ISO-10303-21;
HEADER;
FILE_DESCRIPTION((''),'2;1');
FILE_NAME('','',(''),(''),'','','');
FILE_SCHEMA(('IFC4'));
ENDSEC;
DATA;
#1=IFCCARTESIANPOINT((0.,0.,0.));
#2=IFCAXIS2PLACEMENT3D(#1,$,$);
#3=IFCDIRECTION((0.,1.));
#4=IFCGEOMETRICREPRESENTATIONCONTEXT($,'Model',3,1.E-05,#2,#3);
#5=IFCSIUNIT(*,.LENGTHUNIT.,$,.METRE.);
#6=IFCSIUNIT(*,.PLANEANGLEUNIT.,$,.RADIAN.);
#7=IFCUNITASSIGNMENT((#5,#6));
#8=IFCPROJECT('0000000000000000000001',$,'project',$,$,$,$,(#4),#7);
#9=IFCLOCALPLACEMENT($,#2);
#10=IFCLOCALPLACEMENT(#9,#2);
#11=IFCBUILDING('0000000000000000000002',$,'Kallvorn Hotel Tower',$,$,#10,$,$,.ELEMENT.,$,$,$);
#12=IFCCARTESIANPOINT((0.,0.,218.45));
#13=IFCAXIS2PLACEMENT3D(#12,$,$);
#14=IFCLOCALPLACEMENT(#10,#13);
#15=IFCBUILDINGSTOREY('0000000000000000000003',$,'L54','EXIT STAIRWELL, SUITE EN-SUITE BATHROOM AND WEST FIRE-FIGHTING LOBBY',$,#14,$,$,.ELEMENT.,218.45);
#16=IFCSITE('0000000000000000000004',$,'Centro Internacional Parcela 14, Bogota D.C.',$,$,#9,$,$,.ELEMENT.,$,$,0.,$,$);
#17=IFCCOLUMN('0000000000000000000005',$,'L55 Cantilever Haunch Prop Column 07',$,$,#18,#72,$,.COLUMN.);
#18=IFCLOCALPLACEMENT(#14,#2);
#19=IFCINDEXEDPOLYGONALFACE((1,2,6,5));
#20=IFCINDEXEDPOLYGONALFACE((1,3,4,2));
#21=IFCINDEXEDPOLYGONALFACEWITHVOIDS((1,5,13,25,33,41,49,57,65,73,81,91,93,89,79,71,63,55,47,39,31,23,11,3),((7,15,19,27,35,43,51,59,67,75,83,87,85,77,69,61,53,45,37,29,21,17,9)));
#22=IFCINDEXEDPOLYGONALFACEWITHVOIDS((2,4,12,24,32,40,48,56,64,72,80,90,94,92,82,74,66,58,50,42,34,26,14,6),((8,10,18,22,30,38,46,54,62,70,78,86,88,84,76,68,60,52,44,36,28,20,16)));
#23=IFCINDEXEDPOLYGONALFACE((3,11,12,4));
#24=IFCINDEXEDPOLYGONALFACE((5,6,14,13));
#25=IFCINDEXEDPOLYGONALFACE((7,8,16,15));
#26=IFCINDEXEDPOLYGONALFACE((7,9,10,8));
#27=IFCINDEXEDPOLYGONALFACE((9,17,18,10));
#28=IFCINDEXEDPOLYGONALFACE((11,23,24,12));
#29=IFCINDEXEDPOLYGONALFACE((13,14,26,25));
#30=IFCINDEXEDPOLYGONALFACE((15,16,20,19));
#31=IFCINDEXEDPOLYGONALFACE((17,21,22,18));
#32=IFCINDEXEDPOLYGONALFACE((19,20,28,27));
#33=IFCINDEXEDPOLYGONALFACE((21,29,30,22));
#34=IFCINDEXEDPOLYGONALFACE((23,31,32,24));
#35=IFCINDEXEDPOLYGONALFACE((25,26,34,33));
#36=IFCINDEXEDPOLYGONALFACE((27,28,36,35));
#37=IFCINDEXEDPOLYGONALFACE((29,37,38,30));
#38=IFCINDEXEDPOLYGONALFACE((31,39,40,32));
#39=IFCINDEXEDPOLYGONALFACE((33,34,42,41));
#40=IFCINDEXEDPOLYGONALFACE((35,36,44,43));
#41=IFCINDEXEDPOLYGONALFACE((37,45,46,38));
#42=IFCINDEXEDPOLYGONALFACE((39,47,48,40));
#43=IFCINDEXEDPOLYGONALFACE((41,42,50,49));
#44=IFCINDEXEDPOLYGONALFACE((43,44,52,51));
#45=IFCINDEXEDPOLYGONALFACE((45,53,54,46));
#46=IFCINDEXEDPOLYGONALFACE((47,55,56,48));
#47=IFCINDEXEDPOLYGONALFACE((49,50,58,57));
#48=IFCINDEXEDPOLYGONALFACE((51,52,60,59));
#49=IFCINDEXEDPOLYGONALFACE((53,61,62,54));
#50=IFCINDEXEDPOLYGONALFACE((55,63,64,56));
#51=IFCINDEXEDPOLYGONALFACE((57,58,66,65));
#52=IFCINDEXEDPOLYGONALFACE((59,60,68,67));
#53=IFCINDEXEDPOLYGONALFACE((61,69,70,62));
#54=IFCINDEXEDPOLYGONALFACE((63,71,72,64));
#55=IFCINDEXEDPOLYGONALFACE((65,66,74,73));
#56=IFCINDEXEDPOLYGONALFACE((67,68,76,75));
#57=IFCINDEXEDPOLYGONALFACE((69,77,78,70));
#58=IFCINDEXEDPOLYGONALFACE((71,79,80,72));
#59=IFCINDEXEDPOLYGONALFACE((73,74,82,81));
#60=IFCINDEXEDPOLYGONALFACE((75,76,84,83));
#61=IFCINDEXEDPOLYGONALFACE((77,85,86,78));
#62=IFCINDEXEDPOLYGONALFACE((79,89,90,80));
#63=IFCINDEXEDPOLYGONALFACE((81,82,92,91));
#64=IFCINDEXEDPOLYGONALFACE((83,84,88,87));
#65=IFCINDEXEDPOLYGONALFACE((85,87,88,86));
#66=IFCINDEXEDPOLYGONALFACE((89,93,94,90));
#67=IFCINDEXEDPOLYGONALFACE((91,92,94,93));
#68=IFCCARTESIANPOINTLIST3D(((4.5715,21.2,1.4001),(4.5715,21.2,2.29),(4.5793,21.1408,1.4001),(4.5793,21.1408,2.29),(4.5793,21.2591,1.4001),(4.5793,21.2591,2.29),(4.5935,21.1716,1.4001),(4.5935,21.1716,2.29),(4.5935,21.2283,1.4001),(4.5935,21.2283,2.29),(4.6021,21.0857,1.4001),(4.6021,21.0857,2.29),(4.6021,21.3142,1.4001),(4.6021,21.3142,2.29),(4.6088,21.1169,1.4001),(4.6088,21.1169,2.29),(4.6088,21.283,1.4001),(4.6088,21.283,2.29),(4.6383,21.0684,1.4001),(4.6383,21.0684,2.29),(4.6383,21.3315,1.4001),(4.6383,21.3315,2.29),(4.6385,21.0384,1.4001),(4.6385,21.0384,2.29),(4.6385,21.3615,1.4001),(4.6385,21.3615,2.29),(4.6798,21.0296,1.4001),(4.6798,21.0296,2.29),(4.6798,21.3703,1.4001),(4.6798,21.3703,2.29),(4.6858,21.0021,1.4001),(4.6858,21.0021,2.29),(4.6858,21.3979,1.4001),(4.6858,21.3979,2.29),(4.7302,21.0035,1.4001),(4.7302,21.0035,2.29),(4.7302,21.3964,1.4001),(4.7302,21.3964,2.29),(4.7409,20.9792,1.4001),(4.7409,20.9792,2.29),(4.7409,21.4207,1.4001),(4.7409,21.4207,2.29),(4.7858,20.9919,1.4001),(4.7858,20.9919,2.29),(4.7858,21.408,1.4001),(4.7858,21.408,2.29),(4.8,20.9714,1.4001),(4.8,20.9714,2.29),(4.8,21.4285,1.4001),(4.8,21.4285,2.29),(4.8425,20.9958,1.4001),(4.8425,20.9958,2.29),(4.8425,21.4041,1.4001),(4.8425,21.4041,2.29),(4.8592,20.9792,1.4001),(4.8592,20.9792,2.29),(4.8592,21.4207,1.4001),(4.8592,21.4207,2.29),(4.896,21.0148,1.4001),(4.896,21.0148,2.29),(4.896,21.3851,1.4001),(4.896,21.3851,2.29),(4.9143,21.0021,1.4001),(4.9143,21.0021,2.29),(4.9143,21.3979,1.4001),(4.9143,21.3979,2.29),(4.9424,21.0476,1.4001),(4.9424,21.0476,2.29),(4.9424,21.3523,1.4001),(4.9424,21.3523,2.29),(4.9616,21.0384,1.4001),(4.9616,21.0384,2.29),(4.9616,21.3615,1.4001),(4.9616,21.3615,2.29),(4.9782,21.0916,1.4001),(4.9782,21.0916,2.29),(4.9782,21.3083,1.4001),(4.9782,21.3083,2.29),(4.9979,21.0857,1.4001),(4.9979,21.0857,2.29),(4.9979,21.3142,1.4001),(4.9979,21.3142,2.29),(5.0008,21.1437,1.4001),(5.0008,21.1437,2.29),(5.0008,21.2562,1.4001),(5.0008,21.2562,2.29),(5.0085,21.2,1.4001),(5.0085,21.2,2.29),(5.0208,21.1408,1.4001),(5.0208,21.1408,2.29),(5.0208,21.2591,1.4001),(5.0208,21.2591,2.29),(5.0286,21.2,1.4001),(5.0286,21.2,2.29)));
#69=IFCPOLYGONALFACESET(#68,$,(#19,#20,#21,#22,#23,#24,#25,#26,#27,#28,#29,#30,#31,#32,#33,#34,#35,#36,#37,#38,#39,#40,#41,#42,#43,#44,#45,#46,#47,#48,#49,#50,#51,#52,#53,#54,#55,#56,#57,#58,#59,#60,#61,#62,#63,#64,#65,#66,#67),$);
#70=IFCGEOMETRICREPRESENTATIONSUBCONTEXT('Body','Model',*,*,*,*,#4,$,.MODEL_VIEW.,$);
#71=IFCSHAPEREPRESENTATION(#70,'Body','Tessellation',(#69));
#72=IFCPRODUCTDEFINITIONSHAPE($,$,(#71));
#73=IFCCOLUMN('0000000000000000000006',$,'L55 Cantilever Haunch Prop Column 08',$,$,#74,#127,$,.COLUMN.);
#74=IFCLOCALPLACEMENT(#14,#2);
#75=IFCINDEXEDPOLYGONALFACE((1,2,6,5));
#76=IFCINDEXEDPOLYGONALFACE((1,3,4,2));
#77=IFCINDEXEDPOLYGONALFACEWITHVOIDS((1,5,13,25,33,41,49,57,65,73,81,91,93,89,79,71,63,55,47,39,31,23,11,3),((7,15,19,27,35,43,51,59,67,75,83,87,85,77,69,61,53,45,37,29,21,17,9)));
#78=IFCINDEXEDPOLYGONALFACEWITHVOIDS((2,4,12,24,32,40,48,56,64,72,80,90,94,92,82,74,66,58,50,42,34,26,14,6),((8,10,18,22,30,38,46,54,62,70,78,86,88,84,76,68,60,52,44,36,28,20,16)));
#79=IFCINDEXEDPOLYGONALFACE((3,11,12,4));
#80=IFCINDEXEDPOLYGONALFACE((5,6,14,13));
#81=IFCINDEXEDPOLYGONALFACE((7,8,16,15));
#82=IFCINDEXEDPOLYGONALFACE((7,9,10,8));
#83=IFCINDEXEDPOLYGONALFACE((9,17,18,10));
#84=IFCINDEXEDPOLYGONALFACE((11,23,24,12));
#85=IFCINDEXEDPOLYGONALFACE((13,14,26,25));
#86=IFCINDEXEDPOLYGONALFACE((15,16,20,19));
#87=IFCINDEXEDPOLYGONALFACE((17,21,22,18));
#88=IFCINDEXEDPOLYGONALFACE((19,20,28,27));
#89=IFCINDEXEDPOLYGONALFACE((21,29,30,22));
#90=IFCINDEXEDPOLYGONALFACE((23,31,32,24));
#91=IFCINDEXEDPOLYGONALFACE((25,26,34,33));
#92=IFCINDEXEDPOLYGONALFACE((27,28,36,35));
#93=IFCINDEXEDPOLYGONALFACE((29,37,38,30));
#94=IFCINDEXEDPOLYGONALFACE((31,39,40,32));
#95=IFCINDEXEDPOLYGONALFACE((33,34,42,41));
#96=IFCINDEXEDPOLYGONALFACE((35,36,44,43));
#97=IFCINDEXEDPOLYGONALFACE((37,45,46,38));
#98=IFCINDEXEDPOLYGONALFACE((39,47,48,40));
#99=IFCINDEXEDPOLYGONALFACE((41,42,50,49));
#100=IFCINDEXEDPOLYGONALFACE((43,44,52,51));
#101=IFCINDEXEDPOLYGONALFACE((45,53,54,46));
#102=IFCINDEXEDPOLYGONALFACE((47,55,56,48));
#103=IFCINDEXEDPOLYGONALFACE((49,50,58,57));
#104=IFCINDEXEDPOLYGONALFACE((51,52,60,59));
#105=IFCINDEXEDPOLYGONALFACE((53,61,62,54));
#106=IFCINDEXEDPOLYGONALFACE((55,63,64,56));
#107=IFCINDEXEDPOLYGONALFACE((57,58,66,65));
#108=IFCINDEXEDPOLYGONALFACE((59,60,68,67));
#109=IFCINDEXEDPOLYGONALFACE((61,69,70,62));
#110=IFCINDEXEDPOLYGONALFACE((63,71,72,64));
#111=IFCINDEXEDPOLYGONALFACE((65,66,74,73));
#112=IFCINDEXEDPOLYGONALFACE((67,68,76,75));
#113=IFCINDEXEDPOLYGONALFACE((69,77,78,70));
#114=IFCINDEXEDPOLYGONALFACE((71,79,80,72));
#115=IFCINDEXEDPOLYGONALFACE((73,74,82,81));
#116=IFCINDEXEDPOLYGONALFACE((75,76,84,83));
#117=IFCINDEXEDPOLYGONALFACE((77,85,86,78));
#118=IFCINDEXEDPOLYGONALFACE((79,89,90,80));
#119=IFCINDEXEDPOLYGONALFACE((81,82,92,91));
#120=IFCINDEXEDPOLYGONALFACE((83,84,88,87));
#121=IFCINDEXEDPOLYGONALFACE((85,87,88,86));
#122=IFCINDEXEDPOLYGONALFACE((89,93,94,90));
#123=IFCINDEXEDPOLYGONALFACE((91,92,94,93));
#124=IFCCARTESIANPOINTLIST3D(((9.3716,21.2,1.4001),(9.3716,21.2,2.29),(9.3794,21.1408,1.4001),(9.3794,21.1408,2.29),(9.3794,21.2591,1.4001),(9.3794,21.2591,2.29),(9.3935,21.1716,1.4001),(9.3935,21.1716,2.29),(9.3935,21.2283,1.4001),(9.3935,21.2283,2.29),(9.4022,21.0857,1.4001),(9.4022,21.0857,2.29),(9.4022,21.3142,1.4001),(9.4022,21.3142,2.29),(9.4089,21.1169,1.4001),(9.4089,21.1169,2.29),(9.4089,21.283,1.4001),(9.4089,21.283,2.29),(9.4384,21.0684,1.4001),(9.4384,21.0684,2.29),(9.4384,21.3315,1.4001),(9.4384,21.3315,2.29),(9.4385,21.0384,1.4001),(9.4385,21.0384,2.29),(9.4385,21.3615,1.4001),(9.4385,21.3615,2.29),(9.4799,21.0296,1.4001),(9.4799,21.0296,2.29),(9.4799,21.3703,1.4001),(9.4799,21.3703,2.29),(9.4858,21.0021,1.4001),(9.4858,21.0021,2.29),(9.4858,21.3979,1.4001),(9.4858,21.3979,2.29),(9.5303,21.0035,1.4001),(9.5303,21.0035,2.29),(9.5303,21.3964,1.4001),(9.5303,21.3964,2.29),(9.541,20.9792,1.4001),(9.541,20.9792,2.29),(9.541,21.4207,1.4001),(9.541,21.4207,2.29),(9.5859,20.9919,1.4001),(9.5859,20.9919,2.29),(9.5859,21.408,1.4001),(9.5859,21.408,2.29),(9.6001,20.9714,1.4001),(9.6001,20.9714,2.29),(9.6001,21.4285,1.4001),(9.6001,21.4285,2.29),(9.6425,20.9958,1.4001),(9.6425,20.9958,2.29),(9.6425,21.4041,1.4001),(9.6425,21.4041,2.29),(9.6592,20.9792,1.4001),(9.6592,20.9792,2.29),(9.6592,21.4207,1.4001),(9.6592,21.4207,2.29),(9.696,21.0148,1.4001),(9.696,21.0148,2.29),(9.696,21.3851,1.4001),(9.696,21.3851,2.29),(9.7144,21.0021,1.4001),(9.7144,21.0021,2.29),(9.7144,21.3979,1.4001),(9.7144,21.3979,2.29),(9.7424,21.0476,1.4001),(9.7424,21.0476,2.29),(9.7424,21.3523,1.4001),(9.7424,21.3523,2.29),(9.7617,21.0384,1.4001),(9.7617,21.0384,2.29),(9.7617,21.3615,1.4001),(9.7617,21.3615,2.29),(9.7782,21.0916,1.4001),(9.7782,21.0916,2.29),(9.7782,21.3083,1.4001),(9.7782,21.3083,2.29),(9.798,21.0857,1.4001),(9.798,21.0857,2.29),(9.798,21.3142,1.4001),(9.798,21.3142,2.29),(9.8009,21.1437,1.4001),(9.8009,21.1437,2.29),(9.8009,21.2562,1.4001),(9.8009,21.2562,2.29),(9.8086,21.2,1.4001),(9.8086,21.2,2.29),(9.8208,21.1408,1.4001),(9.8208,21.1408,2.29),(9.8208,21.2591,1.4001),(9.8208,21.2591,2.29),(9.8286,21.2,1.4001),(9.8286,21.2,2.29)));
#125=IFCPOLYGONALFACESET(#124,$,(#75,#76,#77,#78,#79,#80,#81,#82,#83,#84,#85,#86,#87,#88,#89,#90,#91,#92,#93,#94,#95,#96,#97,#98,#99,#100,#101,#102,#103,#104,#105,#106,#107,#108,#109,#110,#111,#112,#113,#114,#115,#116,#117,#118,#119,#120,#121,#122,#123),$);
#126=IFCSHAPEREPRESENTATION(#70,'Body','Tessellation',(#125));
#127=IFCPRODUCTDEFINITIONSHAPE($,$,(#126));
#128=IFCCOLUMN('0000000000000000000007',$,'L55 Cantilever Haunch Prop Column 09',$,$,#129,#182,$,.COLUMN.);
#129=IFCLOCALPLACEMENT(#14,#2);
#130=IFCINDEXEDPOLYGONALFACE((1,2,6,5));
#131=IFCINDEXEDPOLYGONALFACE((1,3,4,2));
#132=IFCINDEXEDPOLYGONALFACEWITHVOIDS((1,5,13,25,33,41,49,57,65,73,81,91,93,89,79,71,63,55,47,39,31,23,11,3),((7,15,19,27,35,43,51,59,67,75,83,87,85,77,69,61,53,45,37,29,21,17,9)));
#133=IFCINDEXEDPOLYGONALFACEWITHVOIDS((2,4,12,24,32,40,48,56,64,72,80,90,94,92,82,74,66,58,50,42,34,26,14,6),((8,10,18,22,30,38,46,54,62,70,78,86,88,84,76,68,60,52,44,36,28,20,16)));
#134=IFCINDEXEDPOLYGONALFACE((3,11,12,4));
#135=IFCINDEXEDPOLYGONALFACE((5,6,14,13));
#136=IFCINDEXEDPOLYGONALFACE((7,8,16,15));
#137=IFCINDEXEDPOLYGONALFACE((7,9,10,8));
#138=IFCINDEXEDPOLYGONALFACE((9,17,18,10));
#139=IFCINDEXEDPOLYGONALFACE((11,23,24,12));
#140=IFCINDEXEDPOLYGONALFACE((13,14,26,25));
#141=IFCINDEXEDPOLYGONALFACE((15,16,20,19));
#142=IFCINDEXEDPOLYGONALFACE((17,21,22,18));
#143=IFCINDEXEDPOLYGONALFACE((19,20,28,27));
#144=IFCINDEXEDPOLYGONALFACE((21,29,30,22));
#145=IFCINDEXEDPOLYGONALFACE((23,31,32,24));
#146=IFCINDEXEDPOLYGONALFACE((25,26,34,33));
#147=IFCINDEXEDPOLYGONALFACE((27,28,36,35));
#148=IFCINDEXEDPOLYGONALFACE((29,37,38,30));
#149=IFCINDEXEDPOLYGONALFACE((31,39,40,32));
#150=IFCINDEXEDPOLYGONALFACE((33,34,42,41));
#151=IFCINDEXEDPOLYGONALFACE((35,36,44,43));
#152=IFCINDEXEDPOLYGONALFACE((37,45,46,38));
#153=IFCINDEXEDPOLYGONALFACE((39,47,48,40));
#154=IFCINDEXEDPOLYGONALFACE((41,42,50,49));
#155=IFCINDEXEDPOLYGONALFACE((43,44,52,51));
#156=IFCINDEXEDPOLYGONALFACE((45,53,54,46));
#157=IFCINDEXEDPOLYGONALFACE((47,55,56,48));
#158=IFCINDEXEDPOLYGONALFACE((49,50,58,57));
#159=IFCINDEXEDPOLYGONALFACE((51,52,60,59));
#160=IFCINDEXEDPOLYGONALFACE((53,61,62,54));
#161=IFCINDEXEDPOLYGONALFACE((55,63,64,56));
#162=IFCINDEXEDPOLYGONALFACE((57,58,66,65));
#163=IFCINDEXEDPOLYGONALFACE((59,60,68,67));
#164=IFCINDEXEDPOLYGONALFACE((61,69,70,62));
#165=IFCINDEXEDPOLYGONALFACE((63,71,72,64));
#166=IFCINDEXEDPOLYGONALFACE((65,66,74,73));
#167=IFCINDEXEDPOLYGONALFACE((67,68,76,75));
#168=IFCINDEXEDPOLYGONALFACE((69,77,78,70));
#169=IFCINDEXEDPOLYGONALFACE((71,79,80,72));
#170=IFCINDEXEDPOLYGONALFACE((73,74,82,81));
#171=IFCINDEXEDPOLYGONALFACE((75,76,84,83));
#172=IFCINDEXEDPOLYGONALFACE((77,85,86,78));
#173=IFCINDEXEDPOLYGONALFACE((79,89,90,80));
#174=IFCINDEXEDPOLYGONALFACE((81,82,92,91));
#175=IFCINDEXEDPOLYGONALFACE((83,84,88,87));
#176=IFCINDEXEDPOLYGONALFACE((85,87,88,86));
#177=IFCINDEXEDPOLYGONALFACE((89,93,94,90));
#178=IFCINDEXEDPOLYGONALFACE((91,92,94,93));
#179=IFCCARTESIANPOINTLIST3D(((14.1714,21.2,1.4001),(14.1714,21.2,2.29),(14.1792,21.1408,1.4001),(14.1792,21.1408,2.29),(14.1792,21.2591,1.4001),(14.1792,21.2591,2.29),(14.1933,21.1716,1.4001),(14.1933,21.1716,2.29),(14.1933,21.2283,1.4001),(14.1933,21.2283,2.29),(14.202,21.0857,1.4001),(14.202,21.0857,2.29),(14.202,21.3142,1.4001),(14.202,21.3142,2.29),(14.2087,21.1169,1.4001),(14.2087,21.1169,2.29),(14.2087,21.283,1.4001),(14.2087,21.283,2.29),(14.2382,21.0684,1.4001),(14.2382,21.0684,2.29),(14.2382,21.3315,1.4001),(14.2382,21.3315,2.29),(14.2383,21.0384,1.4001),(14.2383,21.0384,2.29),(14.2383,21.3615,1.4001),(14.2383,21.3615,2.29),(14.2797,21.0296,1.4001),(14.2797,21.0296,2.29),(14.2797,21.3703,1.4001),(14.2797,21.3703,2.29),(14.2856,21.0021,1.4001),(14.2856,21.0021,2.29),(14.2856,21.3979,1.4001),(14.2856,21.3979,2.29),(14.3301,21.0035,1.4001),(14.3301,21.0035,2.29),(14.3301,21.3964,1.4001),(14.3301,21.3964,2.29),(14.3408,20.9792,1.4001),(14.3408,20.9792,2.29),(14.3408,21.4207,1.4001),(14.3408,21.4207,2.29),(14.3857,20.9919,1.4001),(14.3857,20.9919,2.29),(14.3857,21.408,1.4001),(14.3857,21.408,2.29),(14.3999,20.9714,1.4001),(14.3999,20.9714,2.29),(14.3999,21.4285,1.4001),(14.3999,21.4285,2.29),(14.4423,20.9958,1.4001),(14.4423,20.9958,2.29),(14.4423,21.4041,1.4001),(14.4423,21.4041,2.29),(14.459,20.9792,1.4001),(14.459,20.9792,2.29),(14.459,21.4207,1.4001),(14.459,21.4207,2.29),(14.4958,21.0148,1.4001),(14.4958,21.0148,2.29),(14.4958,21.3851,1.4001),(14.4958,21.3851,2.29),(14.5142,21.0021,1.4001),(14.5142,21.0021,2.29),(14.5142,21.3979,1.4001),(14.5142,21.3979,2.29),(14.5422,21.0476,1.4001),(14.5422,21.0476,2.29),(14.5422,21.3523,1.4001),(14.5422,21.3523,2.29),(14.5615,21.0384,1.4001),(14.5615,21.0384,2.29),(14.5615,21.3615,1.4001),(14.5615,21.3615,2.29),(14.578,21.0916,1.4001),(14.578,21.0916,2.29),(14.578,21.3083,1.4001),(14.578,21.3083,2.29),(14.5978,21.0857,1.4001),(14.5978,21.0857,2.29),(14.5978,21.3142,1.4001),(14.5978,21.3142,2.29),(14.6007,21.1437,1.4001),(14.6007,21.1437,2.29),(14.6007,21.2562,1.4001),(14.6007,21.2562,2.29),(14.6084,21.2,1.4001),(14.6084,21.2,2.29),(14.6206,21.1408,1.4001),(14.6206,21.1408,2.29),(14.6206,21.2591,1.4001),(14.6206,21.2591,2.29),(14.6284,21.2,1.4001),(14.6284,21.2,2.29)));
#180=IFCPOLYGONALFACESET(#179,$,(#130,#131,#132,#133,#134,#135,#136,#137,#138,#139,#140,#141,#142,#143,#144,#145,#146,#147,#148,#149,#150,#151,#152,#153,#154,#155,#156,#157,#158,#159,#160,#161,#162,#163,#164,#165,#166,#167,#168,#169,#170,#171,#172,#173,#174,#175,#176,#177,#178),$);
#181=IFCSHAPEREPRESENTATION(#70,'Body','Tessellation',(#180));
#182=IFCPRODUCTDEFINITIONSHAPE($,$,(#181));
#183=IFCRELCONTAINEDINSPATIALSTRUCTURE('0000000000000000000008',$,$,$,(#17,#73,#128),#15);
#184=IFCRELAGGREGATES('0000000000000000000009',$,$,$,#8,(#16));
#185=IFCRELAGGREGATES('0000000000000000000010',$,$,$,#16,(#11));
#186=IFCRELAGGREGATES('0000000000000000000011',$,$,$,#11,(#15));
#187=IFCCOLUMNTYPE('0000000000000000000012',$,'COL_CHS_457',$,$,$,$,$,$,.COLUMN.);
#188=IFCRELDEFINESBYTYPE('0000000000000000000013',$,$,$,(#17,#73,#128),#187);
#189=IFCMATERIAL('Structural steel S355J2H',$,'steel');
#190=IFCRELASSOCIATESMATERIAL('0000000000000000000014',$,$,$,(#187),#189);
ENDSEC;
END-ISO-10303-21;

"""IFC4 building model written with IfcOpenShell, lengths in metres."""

from ifc_helpers import new_model, si_unit, direction, frame, origin, origin_2d, place, context, subcontext, project, spatial, hollow_circle, extrude, material, material_profile, profile_set, type_object, element, save


model = new_model("IFC4")

# Units and contexts
model_context = context("Model", 3, precision=1e-05, world=origin(), true_north=direction((0.0, 1.0)))
body_context = subcontext(model_context, "Body", "Model", "MODEL_VIEW")
ifc_project = project(units=[si_unit("LENGTHUNIT", "METRE"), si_unit("PLANEANGLEUNIT", "RADIAN")], contexts=[model_context])

# Site, building, storey
site_placement = place(None, origin())
site = spatial("IfcSite", under=ifc_project, at=site_placement, Name="Centro Internacional Parcela 14, Bogota D.C.", CompositionType="ELEMENT", RefElevation=0.0)
building_placement = place(site_placement, origin())
building = spatial("IfcBuilding", under=site, at=building_placement, Name="Kallvorn Hotel Tower", CompositionType="ELEMENT")
storey_placement = place(building_placement, frame((0.0, 0.0, 218.45)))
storey = spatial("IfcBuildingStorey", under=building, at=storey_placement, Name="L54", Description="EXIT STAIRWELL, SUITE EN-SUITE BATHROOM AND WEST FIRE-FIGHTING LOBBY", CompositionType="ELEMENT", Elevation=218.45)

# Columns
ifc_material_1 = material(Name="Structural steel S355J2H", Category="steel")
ifc_material_profile_1 = material_profile(ifc_material_1, hollow_circle(Radius=0.2285, WallThickness=0.02, at=origin_2d()), Name="CHS 457x20")
ifc_profile_set_1 = profile_set([ifc_material_profile_1], Name="Structural steel S355J2H")
column_type_1 = type_object("IfcColumnType", Name="COL_CHS_457", PredefinedType="COLUMN", material=ifc_profile_set_1)
for number, where, z_axis, x_axis, name in (
    (1, (4.8, 21.2, 1.4001), (0.0, 0.0, 1.0), (1.0, 0.0, 0.0), "L55 Cantilever Haunch Prop Column 07"),
    (2, (9.6001, 21.2, 1.4001), (0.0, 0.0, 1.0), (1.0, 0.0, 0.0), "L55 Cantilever Haunch Prop Column 08"),
    (3, (14.3999, 21.2, 1.4001), (0.0, 0.0, 1.0), (1.0, 0.0, 0.0), "L55 Cantilever Haunch Prop Column 09"),
):
    element("IfcColumn", number, at=place(storey_placement, frame(where, z_axis=z_axis, x_axis=x_axis)), inside=storey, type_object=column_type_1, Name=name, PredefinedType="COLUMN", context=body_context, shape_type="SweptSolid", body=[
        extrude(hollow_circle(Radius=0.2285, WallThickness=0.02, at=origin_2d()), origin(), (0.0, 0.0, 1.0), 0.8899),
    ])

save(model, "model.ifc")
